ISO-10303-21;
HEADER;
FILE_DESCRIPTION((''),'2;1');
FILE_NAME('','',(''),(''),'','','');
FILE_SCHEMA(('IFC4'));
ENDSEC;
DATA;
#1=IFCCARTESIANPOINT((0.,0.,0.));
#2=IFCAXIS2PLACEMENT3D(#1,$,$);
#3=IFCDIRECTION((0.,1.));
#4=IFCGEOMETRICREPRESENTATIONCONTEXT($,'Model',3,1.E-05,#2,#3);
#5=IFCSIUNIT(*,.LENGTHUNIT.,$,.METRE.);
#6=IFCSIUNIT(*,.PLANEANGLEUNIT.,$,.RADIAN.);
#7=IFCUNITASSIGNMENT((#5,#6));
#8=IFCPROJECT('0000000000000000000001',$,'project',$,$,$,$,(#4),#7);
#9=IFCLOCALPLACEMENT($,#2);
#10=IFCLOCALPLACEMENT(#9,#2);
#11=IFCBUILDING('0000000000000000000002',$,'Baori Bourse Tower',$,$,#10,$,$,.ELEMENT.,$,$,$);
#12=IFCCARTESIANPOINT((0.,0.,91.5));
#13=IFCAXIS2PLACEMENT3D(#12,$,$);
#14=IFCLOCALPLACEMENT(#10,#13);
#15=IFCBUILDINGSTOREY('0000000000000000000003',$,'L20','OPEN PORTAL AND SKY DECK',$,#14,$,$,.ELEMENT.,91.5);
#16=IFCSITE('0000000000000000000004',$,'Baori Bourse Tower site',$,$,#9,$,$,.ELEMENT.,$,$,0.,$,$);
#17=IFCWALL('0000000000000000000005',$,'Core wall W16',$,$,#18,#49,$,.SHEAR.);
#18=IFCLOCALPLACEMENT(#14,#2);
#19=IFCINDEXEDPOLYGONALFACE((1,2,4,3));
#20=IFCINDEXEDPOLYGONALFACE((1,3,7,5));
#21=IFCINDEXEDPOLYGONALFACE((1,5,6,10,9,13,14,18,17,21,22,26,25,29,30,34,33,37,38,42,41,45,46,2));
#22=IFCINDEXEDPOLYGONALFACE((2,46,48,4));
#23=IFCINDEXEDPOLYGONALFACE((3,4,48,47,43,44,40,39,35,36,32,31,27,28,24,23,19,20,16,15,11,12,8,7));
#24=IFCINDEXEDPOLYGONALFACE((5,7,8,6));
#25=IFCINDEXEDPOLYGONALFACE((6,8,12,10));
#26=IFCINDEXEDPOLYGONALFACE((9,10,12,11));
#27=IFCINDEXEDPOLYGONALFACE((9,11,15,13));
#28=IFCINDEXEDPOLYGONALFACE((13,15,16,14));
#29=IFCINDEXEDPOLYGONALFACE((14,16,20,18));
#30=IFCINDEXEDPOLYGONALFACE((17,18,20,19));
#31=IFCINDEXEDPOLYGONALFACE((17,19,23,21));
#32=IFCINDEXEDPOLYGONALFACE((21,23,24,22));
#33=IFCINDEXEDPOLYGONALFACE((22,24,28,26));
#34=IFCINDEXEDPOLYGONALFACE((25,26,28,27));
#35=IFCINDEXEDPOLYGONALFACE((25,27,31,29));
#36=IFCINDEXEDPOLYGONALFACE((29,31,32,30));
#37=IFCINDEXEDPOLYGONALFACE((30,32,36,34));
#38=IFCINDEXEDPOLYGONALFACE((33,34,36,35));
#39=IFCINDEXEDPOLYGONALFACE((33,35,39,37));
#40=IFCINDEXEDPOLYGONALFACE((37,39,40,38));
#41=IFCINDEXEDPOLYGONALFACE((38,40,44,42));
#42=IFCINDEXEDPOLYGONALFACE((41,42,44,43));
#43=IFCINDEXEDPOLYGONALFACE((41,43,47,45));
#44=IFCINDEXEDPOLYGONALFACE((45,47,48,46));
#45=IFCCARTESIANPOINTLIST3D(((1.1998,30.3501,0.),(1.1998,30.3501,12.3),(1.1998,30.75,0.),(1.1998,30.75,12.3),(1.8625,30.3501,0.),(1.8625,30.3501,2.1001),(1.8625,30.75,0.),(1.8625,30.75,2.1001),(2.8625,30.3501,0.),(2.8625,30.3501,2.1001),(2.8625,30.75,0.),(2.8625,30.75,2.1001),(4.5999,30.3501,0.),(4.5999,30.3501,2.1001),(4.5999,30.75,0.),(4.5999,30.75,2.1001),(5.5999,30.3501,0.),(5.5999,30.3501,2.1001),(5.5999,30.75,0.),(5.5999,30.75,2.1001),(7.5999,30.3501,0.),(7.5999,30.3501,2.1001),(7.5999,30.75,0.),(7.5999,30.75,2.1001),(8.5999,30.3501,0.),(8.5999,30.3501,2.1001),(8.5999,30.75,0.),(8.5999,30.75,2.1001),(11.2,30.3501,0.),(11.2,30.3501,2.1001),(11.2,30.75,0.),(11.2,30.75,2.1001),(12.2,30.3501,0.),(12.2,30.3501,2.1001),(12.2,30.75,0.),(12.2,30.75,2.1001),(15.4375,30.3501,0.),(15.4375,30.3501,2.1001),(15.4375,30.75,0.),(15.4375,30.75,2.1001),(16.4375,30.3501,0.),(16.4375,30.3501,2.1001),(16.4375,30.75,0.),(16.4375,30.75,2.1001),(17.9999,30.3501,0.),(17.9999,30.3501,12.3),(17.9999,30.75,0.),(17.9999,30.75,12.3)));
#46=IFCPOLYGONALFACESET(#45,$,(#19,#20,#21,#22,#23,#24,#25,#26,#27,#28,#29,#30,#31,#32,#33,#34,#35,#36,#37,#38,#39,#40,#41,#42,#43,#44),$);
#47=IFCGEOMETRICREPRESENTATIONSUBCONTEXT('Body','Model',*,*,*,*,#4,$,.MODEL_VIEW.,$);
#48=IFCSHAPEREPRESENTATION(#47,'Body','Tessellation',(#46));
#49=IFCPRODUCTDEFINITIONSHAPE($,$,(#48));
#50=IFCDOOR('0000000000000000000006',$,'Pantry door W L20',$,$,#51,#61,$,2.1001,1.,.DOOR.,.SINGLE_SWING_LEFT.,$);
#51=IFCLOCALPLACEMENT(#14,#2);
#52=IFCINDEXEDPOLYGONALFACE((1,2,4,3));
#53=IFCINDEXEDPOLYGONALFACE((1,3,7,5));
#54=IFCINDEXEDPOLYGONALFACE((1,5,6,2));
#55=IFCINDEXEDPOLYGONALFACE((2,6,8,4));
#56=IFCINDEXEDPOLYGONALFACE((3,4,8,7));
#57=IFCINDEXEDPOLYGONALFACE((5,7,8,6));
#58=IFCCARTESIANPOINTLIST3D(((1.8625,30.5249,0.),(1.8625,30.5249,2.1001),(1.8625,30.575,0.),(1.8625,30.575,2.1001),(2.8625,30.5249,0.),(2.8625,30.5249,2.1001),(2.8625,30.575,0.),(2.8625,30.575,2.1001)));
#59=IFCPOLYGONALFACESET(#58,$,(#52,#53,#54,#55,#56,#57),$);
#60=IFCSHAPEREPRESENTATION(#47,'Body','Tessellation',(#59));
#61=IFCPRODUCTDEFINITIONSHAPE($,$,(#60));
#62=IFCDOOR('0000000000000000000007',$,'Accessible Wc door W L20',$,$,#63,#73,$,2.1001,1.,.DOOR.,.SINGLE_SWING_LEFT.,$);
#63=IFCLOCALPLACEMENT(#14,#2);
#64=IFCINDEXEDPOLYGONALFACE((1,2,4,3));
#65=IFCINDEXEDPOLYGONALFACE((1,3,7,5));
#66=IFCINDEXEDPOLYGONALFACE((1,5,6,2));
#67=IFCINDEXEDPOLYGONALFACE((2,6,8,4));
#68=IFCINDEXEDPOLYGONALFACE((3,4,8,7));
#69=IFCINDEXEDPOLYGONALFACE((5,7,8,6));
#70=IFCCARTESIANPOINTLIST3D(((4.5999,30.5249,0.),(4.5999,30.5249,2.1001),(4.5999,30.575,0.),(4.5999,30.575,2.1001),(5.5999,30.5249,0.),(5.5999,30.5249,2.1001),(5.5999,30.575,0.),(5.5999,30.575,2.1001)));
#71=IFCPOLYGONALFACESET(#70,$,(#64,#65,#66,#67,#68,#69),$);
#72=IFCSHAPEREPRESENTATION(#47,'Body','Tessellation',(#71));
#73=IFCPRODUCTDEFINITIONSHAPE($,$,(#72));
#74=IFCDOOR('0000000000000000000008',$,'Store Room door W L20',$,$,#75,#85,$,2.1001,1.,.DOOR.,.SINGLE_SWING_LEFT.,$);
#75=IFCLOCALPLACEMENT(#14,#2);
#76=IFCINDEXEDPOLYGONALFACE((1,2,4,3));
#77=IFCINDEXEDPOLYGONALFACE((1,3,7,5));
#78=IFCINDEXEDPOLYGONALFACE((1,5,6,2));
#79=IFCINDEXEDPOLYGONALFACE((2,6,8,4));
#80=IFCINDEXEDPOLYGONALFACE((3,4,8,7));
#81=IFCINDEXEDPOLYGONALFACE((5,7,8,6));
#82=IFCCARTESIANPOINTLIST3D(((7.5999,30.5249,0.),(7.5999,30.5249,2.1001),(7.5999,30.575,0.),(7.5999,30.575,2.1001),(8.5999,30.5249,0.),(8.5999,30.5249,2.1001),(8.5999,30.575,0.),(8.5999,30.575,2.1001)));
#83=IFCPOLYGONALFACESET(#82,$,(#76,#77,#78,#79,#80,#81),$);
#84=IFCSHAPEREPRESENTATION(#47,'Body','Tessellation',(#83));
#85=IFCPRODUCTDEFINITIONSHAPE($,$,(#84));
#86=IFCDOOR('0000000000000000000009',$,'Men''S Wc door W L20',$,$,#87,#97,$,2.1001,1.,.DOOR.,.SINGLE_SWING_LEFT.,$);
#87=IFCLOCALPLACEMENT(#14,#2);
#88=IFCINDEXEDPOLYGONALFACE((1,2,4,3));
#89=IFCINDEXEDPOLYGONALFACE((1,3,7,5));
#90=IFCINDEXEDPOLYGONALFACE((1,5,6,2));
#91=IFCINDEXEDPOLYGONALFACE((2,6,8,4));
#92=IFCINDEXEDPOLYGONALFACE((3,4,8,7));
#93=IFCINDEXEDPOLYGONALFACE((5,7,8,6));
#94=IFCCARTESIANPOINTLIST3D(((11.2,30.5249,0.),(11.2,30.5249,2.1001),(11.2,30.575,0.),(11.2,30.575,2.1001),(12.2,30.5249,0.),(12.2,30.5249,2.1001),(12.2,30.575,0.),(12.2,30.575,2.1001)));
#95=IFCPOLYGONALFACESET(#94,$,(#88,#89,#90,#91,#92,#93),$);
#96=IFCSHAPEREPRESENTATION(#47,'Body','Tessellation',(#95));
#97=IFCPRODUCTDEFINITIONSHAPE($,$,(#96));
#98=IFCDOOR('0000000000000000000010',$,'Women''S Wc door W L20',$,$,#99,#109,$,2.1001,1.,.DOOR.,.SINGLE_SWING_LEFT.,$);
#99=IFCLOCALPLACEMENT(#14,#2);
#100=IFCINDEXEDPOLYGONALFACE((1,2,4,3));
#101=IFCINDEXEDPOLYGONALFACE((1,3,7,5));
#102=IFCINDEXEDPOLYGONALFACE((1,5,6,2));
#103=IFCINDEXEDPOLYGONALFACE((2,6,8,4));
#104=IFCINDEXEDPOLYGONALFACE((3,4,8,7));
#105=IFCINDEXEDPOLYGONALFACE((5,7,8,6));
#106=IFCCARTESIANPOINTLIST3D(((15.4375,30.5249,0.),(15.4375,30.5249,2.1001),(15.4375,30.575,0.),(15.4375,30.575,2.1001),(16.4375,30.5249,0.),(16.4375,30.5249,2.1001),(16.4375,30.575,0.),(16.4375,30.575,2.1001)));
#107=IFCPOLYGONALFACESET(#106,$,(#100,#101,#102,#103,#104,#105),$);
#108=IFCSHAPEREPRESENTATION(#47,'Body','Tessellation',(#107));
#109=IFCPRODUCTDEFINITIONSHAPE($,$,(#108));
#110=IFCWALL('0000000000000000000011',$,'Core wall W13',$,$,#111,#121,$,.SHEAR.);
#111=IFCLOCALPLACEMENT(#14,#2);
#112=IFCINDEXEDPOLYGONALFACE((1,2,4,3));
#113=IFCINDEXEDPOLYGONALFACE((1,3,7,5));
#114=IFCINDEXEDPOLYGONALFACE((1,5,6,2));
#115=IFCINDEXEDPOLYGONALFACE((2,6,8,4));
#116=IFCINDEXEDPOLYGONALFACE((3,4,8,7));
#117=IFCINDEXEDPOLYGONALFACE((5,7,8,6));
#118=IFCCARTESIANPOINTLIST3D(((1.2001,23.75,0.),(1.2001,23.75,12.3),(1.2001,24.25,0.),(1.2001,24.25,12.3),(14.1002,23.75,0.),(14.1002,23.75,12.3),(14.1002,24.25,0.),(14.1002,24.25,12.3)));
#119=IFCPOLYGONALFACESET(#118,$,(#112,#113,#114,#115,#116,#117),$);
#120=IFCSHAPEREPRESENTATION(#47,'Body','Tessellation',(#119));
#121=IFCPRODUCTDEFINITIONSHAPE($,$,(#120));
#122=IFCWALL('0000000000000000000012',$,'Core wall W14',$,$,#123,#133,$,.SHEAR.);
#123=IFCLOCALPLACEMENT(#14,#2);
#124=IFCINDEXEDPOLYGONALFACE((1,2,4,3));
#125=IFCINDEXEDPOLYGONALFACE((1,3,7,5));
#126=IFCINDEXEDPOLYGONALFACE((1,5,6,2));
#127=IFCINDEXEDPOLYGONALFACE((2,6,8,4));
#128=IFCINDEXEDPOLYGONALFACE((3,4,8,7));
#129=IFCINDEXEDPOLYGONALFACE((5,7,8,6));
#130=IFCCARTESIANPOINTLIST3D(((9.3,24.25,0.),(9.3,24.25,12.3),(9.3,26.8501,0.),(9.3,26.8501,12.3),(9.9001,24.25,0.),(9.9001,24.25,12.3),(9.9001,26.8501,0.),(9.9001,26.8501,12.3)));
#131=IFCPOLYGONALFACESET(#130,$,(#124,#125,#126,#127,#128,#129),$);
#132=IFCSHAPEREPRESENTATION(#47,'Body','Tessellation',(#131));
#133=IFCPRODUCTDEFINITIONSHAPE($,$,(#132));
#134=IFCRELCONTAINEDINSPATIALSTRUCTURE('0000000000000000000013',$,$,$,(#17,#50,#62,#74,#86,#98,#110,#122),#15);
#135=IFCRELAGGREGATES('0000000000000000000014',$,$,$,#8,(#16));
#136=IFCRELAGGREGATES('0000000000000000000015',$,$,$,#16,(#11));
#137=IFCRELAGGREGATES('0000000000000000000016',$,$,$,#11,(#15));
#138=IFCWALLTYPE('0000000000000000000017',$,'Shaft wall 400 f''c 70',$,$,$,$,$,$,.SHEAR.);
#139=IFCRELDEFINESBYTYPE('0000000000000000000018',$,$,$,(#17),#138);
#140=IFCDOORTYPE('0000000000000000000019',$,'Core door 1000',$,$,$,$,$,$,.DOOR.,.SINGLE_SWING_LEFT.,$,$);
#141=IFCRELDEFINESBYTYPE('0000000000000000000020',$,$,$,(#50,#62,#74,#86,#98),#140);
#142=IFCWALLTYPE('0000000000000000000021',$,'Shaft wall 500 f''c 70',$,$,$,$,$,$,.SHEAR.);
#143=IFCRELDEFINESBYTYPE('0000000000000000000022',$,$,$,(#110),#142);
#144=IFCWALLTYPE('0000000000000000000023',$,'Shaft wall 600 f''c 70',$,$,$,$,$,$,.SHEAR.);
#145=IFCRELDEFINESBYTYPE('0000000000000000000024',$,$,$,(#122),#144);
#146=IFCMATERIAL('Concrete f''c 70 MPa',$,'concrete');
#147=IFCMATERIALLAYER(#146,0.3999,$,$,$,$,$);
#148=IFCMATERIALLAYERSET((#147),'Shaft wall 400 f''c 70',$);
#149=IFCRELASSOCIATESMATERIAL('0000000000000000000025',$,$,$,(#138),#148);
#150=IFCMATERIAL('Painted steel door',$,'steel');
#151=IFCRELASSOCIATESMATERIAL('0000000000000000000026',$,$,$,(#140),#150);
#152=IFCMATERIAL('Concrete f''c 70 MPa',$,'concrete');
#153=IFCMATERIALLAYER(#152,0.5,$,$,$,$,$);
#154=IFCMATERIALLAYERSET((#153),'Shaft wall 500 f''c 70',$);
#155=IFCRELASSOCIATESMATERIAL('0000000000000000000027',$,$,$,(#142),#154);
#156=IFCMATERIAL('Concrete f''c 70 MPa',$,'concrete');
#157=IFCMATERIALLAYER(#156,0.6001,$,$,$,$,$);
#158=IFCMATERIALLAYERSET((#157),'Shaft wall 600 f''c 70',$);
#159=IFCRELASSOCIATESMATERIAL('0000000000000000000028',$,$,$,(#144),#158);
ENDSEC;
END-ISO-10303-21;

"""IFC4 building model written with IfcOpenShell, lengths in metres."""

from ifc_helpers import new_model, si_unit, direction, frame, frame_2d, origin, place, context, subcontext, project, spatial, rectangle, extrude, material, layer, layer_set, type_object, element, fill, save


model = new_model("IFC4")

# Units and contexts
model_context = context("Model", 3, precision=1e-05, world=origin(), true_north=direction((0.0, 1.0)))
body_context = subcontext(model_context, "Body", "Model", "MODEL_VIEW")
ifc_project = project(units=[si_unit("LENGTHUNIT", "METRE"), si_unit("PLANEANGLEUNIT", "RADIAN")], contexts=[model_context])

# Site, building, storey
site_placement = place(None, origin())
site = spatial("IfcSite", under=ifc_project, at=site_placement, Name="Baori Bourse Tower site", CompositionType="ELEMENT", RefElevation=0.0)
building_placement = place(site_placement, origin())
building = spatial("IfcBuilding", under=site, at=building_placement, Name="Baori Bourse Tower", CompositionType="ELEMENT")
storey_placement = place(building_placement, frame((0.0, 0.0, 91.5)))
storey = spatial("IfcBuildingStorey", under=building, at=storey_placement, Name="L20", Description="OPEN PORTAL AND SKY DECK", CompositionType="ELEMENT", Elevation=91.5)

# Shared definitions
ifc_material_1 = material(Name="Concrete f'c 70 MPa", Category="concrete")
ifc_layer_1 = layer(ifc_material_1, 0.3999)
ifc_layer_set_1 = layer_set([ifc_layer_1], Name="Shaft wall 400 f'c 70")
wall_type_1 = type_object("IfcWallType", Name="Shaft wall 400 f'c 70", PredefinedType="SHEAR", material=ifc_layer_set_1)

# Wall, openings, doors
wall_1_placement = place(storey_placement, frame((1.2, 30.55, 0.0), z_axis=(0.0, 0.0, 1.0), x_axis=(1.0, 0.0, 0.0)))
wall_1 = element("IfcWall", 1, at=wall_1_placement, inside=storey, type_object=wall_type_1, Name="Core wall W16", PredefinedType="SHEAR", context=body_context, shape_type="SweptSolid", body=[
    extrude(rectangle(XDim=16.8, YDim=0.3999, at=frame_2d((8.3999, 0.0))), origin(), (0.0, 0.0, 1.0), 12.3),
])
opening_1_placement = place(wall_1_placement, frame((0.6626, 0.0, 0.0)))
opening_1 = element("IfcOpeningElement", 2, at=opening_1_placement, cuts=wall_1, PredefinedType="OPENING", context=body_context, shape_type="SweptSolid", body=[
    extrude(rectangle(XDim=1.0, YDim=2.1001, at=frame_2d((0.5, 1.05))), frame((0.0, 0.21, 0.0), z_axis=(0.0, -1.0, 0.0), x_axis=(1.0, 0.0, 0.0)), (0.0, 0.0, 1.0), 0.4199),
])
opening_2_placement = place(wall_1_placement, frame((3.3999, 0.0, 0.0)))
opening_2 = element("IfcOpeningElement", 3, at=opening_2_placement, cuts=wall_1, PredefinedType="OPENING", context=body_context, shape_type="SweptSolid", body=[
    extrude(rectangle(XDim=1.0, YDim=2.1001, at=frame_2d((0.5, 1.05))), frame((0.0, 0.21, 0.0), z_axis=(0.0, -1.0, 0.0), x_axis=(1.0, 0.0, 0.0)), (0.0, 0.0, 1.0), 0.4199),
])
opening_3_placement = place(wall_1_placement, frame((6.3999, 0.0, 0.0)))
opening_3 = element("IfcOpeningElement", 4, at=opening_3_placement, cuts=wall_1, PredefinedType="OPENING", context=body_context, shape_type="SweptSolid", body=[
    extrude(rectangle(XDim=1.0, YDim=2.1001, at=frame_2d((0.5, 1.05))), frame((0.0, 0.21, 0.0), z_axis=(0.0, -1.0, 0.0), x_axis=(1.0, 0.0, 0.0)), (0.0, 0.0, 1.0), 0.4199),
])
opening_4_placement = place(wall_1_placement, frame((10.0, 0.0, 0.0)))
opening_4 = element("IfcOpeningElement", 5, at=opening_4_placement, cuts=wall_1, PredefinedType="OPENING", context=body_context, shape_type="SweptSolid", body=[
    extrude(rectangle(XDim=1.0, YDim=2.1001, at=frame_2d((0.5, 1.05))), frame((0.0, 0.21, 0.0), z_axis=(0.0, -1.0, 0.0), x_axis=(1.0, 0.0, 0.0)), (0.0, 0.0, 1.0), 0.4199),
])
opening_5_placement = place(wall_1_placement, frame((14.2375, 0.0, 0.0)))
opening_5 = element("IfcOpeningElement", 6, at=opening_5_placement, cuts=wall_1, PredefinedType="OPENING", context=body_context, shape_type="SweptSolid", body=[
    extrude(rectangle(XDim=1.0, YDim=2.1001, at=frame_2d((0.5, 1.05))), frame((0.0, 0.21, 0.0), z_axis=(0.0, -1.0, 0.0), x_axis=(1.0, 0.0, 0.0)), (0.0, 0.0, 1.0), 0.4199),
])
ifc_material_2 = material(Name="Painted steel door", Category="steel")
door_type_1 = type_object("IfcDoorType", Name="Core door 1000", OperationType="SINGLE_SWING_LEFT", PredefinedType="DOOR", material=ifc_material_2)
door_1_placement = place(opening_1_placement, origin())
door_1 = element("IfcDoor", 7, at=door_1_placement, inside=storey, type_object=door_type_1, Name="Pantry door W L20", OperationType="SINGLE_SWING_LEFT", OverallHeight=2.1001, OverallWidth=1.0, PredefinedType="DOOR", context=body_context, shape_type="SweptSolid", body=[
    extrude(rectangle(XDim=1.0, YDim=2.1001, at=frame_2d((0.5, 1.05))), frame((0.0, 0.0249, 0.0), z_axis=(0.0, -1.0, 0.0), x_axis=(1.0, 0.0, 0.0)), (0.0, 0.0, 1.0), 0.05),
])
fill(opening_1, door_1)
door_2_placement = place(opening_2_placement, origin())
door_2 = element("IfcDoor", 8, at=door_2_placement, inside=storey, type_object=door_type_1, Name="Accessible Wc door W L20", OperationType="SINGLE_SWING_LEFT", OverallHeight=2.1001, OverallWidth=1.0, PredefinedType="DOOR", context=body_context, shape_type="SweptSolid", body=[
    extrude(rectangle(XDim=1.0, YDim=2.1001, at=frame_2d((0.5, 1.05))), frame((0.0, 0.0249, 0.0), z_axis=(0.0, -1.0, 0.0), x_axis=(1.0, 0.0, 0.0)), (0.0, 0.0, 1.0), 0.05),
])
fill(opening_2, door_2)
door_3_placement = place(opening_3_placement, origin())
door_3 = element("IfcDoor", 9, at=door_3_placement, inside=storey, type_object=door_type_1, Name="Store Room door W L20", OperationType="SINGLE_SWING_LEFT", OverallHeight=2.1001, OverallWidth=1.0, PredefinedType="DOOR", context=body_context, shape_type="SweptSolid", body=[
    extrude(rectangle(XDim=1.0, YDim=2.1001, at=frame_2d((0.5, 1.05))), frame((0.0, 0.0249, 0.0), z_axis=(0.0, -1.0, 0.0), x_axis=(1.0, 0.0, 0.0)), (0.0, 0.0, 1.0), 0.05),
])
fill(opening_3, door_3)
door_4_placement = place(opening_4_placement, origin())
door_4 = element("IfcDoor", 10, at=door_4_placement, inside=storey, type_object=door_type_1, Name="Men'S Wc door W L20", OperationType="SINGLE_SWING_LEFT", OverallHeight=2.1001, OverallWidth=1.0, PredefinedType="DOOR", context=body_context, shape_type="SweptSolid", body=[
    extrude(rectangle(XDim=1.0, YDim=2.1001, at=frame_2d((0.5, 1.05))), frame((0.0, 0.0249, 0.0), z_axis=(0.0, -1.0, 0.0), x_axis=(1.0, 0.0, 0.0)), (0.0, 0.0, 1.0), 0.05),
])
fill(opening_4, door_4)
door_5_placement = place(opening_5_placement, origin())
door_5 = element("IfcDoor", 11, at=door_5_placement, inside=storey, type_object=door_type_1, Name="Women'S Wc door W L20", OperationType="SINGLE_SWING_LEFT", OverallHeight=2.1001, OverallWidth=1.0, PredefinedType="DOOR", context=body_context, shape_type="SweptSolid", body=[
    extrude(rectangle(XDim=1.0, YDim=2.1001, at=frame_2d((0.5, 1.05))), frame((0.0, 0.0249, 0.0), z_axis=(0.0, -1.0, 0.0), x_axis=(1.0, 0.0, 0.0)), (0.0, 0.0, 1.0), 0.05),
])
fill(opening_5, door_5)

# Walls
ifc_material_3 = material(Name="Concrete f'c 70 MPa", Category="concrete")
ifc_layer_2 = layer(ifc_material_3, 0.5)
ifc_layer_set_2 = layer_set([ifc_layer_2], Name="Shaft wall 500 f'c 70")
wall_type_2 = type_object("IfcWallType", Name="Shaft wall 500 f'c 70", PredefinedType="SHEAR", material=ifc_layer_set_2)
wall_2_placement = place(storey_placement, frame((1.2, 24.0, 0.0), z_axis=(0.0, 0.0, 1.0), x_axis=(1.0, 0.0, 0.0)))
element("IfcWall", 12, at=wall_2_placement, inside=storey, type_object=wall_type_2, Name="Core wall W13", PredefinedType="SHEAR", context=body_context, shape_type="SweptSolid", body=[
    extrude(rectangle(XDim=12.9001, YDim=0.5, at=frame_2d((6.4502, 0.0))), origin(), (0.0, 0.0, 1.0), 12.3),
])
ifc_material_4 = material(Name="Concrete f'c 70 MPa", Category="concrete")
ifc_layer_3 = layer(ifc_material_4, 0.6001)
ifc_layer_set_3 = layer_set([ifc_layer_3], Name="Shaft wall 600 f'c 70")
wall_type_3 = type_object("IfcWallType", Name="Shaft wall 600 f'c 70", PredefinedType="SHEAR", material=ifc_layer_set_3)
wall_3_placement = place(storey_placement, frame((9.6001, 24.25, 0.0), z_axis=(0.0, 0.0, 1.0), x_axis=(0.0, 1.0, 0.0)))
element("IfcWall", 13, at=wall_3_placement, inside=storey, type_object=wall_type_3, Name="Core wall W14", PredefinedType="SHEAR", context=body_context, shape_type="SweptSolid", body=[
    extrude(rectangle(XDim=2.6001, YDim=0.6001, at=frame_2d((1.3, 0.0))), origin(), (0.0, 0.0, 1.0), 12.3),
])

save(model, "model.ifc")
